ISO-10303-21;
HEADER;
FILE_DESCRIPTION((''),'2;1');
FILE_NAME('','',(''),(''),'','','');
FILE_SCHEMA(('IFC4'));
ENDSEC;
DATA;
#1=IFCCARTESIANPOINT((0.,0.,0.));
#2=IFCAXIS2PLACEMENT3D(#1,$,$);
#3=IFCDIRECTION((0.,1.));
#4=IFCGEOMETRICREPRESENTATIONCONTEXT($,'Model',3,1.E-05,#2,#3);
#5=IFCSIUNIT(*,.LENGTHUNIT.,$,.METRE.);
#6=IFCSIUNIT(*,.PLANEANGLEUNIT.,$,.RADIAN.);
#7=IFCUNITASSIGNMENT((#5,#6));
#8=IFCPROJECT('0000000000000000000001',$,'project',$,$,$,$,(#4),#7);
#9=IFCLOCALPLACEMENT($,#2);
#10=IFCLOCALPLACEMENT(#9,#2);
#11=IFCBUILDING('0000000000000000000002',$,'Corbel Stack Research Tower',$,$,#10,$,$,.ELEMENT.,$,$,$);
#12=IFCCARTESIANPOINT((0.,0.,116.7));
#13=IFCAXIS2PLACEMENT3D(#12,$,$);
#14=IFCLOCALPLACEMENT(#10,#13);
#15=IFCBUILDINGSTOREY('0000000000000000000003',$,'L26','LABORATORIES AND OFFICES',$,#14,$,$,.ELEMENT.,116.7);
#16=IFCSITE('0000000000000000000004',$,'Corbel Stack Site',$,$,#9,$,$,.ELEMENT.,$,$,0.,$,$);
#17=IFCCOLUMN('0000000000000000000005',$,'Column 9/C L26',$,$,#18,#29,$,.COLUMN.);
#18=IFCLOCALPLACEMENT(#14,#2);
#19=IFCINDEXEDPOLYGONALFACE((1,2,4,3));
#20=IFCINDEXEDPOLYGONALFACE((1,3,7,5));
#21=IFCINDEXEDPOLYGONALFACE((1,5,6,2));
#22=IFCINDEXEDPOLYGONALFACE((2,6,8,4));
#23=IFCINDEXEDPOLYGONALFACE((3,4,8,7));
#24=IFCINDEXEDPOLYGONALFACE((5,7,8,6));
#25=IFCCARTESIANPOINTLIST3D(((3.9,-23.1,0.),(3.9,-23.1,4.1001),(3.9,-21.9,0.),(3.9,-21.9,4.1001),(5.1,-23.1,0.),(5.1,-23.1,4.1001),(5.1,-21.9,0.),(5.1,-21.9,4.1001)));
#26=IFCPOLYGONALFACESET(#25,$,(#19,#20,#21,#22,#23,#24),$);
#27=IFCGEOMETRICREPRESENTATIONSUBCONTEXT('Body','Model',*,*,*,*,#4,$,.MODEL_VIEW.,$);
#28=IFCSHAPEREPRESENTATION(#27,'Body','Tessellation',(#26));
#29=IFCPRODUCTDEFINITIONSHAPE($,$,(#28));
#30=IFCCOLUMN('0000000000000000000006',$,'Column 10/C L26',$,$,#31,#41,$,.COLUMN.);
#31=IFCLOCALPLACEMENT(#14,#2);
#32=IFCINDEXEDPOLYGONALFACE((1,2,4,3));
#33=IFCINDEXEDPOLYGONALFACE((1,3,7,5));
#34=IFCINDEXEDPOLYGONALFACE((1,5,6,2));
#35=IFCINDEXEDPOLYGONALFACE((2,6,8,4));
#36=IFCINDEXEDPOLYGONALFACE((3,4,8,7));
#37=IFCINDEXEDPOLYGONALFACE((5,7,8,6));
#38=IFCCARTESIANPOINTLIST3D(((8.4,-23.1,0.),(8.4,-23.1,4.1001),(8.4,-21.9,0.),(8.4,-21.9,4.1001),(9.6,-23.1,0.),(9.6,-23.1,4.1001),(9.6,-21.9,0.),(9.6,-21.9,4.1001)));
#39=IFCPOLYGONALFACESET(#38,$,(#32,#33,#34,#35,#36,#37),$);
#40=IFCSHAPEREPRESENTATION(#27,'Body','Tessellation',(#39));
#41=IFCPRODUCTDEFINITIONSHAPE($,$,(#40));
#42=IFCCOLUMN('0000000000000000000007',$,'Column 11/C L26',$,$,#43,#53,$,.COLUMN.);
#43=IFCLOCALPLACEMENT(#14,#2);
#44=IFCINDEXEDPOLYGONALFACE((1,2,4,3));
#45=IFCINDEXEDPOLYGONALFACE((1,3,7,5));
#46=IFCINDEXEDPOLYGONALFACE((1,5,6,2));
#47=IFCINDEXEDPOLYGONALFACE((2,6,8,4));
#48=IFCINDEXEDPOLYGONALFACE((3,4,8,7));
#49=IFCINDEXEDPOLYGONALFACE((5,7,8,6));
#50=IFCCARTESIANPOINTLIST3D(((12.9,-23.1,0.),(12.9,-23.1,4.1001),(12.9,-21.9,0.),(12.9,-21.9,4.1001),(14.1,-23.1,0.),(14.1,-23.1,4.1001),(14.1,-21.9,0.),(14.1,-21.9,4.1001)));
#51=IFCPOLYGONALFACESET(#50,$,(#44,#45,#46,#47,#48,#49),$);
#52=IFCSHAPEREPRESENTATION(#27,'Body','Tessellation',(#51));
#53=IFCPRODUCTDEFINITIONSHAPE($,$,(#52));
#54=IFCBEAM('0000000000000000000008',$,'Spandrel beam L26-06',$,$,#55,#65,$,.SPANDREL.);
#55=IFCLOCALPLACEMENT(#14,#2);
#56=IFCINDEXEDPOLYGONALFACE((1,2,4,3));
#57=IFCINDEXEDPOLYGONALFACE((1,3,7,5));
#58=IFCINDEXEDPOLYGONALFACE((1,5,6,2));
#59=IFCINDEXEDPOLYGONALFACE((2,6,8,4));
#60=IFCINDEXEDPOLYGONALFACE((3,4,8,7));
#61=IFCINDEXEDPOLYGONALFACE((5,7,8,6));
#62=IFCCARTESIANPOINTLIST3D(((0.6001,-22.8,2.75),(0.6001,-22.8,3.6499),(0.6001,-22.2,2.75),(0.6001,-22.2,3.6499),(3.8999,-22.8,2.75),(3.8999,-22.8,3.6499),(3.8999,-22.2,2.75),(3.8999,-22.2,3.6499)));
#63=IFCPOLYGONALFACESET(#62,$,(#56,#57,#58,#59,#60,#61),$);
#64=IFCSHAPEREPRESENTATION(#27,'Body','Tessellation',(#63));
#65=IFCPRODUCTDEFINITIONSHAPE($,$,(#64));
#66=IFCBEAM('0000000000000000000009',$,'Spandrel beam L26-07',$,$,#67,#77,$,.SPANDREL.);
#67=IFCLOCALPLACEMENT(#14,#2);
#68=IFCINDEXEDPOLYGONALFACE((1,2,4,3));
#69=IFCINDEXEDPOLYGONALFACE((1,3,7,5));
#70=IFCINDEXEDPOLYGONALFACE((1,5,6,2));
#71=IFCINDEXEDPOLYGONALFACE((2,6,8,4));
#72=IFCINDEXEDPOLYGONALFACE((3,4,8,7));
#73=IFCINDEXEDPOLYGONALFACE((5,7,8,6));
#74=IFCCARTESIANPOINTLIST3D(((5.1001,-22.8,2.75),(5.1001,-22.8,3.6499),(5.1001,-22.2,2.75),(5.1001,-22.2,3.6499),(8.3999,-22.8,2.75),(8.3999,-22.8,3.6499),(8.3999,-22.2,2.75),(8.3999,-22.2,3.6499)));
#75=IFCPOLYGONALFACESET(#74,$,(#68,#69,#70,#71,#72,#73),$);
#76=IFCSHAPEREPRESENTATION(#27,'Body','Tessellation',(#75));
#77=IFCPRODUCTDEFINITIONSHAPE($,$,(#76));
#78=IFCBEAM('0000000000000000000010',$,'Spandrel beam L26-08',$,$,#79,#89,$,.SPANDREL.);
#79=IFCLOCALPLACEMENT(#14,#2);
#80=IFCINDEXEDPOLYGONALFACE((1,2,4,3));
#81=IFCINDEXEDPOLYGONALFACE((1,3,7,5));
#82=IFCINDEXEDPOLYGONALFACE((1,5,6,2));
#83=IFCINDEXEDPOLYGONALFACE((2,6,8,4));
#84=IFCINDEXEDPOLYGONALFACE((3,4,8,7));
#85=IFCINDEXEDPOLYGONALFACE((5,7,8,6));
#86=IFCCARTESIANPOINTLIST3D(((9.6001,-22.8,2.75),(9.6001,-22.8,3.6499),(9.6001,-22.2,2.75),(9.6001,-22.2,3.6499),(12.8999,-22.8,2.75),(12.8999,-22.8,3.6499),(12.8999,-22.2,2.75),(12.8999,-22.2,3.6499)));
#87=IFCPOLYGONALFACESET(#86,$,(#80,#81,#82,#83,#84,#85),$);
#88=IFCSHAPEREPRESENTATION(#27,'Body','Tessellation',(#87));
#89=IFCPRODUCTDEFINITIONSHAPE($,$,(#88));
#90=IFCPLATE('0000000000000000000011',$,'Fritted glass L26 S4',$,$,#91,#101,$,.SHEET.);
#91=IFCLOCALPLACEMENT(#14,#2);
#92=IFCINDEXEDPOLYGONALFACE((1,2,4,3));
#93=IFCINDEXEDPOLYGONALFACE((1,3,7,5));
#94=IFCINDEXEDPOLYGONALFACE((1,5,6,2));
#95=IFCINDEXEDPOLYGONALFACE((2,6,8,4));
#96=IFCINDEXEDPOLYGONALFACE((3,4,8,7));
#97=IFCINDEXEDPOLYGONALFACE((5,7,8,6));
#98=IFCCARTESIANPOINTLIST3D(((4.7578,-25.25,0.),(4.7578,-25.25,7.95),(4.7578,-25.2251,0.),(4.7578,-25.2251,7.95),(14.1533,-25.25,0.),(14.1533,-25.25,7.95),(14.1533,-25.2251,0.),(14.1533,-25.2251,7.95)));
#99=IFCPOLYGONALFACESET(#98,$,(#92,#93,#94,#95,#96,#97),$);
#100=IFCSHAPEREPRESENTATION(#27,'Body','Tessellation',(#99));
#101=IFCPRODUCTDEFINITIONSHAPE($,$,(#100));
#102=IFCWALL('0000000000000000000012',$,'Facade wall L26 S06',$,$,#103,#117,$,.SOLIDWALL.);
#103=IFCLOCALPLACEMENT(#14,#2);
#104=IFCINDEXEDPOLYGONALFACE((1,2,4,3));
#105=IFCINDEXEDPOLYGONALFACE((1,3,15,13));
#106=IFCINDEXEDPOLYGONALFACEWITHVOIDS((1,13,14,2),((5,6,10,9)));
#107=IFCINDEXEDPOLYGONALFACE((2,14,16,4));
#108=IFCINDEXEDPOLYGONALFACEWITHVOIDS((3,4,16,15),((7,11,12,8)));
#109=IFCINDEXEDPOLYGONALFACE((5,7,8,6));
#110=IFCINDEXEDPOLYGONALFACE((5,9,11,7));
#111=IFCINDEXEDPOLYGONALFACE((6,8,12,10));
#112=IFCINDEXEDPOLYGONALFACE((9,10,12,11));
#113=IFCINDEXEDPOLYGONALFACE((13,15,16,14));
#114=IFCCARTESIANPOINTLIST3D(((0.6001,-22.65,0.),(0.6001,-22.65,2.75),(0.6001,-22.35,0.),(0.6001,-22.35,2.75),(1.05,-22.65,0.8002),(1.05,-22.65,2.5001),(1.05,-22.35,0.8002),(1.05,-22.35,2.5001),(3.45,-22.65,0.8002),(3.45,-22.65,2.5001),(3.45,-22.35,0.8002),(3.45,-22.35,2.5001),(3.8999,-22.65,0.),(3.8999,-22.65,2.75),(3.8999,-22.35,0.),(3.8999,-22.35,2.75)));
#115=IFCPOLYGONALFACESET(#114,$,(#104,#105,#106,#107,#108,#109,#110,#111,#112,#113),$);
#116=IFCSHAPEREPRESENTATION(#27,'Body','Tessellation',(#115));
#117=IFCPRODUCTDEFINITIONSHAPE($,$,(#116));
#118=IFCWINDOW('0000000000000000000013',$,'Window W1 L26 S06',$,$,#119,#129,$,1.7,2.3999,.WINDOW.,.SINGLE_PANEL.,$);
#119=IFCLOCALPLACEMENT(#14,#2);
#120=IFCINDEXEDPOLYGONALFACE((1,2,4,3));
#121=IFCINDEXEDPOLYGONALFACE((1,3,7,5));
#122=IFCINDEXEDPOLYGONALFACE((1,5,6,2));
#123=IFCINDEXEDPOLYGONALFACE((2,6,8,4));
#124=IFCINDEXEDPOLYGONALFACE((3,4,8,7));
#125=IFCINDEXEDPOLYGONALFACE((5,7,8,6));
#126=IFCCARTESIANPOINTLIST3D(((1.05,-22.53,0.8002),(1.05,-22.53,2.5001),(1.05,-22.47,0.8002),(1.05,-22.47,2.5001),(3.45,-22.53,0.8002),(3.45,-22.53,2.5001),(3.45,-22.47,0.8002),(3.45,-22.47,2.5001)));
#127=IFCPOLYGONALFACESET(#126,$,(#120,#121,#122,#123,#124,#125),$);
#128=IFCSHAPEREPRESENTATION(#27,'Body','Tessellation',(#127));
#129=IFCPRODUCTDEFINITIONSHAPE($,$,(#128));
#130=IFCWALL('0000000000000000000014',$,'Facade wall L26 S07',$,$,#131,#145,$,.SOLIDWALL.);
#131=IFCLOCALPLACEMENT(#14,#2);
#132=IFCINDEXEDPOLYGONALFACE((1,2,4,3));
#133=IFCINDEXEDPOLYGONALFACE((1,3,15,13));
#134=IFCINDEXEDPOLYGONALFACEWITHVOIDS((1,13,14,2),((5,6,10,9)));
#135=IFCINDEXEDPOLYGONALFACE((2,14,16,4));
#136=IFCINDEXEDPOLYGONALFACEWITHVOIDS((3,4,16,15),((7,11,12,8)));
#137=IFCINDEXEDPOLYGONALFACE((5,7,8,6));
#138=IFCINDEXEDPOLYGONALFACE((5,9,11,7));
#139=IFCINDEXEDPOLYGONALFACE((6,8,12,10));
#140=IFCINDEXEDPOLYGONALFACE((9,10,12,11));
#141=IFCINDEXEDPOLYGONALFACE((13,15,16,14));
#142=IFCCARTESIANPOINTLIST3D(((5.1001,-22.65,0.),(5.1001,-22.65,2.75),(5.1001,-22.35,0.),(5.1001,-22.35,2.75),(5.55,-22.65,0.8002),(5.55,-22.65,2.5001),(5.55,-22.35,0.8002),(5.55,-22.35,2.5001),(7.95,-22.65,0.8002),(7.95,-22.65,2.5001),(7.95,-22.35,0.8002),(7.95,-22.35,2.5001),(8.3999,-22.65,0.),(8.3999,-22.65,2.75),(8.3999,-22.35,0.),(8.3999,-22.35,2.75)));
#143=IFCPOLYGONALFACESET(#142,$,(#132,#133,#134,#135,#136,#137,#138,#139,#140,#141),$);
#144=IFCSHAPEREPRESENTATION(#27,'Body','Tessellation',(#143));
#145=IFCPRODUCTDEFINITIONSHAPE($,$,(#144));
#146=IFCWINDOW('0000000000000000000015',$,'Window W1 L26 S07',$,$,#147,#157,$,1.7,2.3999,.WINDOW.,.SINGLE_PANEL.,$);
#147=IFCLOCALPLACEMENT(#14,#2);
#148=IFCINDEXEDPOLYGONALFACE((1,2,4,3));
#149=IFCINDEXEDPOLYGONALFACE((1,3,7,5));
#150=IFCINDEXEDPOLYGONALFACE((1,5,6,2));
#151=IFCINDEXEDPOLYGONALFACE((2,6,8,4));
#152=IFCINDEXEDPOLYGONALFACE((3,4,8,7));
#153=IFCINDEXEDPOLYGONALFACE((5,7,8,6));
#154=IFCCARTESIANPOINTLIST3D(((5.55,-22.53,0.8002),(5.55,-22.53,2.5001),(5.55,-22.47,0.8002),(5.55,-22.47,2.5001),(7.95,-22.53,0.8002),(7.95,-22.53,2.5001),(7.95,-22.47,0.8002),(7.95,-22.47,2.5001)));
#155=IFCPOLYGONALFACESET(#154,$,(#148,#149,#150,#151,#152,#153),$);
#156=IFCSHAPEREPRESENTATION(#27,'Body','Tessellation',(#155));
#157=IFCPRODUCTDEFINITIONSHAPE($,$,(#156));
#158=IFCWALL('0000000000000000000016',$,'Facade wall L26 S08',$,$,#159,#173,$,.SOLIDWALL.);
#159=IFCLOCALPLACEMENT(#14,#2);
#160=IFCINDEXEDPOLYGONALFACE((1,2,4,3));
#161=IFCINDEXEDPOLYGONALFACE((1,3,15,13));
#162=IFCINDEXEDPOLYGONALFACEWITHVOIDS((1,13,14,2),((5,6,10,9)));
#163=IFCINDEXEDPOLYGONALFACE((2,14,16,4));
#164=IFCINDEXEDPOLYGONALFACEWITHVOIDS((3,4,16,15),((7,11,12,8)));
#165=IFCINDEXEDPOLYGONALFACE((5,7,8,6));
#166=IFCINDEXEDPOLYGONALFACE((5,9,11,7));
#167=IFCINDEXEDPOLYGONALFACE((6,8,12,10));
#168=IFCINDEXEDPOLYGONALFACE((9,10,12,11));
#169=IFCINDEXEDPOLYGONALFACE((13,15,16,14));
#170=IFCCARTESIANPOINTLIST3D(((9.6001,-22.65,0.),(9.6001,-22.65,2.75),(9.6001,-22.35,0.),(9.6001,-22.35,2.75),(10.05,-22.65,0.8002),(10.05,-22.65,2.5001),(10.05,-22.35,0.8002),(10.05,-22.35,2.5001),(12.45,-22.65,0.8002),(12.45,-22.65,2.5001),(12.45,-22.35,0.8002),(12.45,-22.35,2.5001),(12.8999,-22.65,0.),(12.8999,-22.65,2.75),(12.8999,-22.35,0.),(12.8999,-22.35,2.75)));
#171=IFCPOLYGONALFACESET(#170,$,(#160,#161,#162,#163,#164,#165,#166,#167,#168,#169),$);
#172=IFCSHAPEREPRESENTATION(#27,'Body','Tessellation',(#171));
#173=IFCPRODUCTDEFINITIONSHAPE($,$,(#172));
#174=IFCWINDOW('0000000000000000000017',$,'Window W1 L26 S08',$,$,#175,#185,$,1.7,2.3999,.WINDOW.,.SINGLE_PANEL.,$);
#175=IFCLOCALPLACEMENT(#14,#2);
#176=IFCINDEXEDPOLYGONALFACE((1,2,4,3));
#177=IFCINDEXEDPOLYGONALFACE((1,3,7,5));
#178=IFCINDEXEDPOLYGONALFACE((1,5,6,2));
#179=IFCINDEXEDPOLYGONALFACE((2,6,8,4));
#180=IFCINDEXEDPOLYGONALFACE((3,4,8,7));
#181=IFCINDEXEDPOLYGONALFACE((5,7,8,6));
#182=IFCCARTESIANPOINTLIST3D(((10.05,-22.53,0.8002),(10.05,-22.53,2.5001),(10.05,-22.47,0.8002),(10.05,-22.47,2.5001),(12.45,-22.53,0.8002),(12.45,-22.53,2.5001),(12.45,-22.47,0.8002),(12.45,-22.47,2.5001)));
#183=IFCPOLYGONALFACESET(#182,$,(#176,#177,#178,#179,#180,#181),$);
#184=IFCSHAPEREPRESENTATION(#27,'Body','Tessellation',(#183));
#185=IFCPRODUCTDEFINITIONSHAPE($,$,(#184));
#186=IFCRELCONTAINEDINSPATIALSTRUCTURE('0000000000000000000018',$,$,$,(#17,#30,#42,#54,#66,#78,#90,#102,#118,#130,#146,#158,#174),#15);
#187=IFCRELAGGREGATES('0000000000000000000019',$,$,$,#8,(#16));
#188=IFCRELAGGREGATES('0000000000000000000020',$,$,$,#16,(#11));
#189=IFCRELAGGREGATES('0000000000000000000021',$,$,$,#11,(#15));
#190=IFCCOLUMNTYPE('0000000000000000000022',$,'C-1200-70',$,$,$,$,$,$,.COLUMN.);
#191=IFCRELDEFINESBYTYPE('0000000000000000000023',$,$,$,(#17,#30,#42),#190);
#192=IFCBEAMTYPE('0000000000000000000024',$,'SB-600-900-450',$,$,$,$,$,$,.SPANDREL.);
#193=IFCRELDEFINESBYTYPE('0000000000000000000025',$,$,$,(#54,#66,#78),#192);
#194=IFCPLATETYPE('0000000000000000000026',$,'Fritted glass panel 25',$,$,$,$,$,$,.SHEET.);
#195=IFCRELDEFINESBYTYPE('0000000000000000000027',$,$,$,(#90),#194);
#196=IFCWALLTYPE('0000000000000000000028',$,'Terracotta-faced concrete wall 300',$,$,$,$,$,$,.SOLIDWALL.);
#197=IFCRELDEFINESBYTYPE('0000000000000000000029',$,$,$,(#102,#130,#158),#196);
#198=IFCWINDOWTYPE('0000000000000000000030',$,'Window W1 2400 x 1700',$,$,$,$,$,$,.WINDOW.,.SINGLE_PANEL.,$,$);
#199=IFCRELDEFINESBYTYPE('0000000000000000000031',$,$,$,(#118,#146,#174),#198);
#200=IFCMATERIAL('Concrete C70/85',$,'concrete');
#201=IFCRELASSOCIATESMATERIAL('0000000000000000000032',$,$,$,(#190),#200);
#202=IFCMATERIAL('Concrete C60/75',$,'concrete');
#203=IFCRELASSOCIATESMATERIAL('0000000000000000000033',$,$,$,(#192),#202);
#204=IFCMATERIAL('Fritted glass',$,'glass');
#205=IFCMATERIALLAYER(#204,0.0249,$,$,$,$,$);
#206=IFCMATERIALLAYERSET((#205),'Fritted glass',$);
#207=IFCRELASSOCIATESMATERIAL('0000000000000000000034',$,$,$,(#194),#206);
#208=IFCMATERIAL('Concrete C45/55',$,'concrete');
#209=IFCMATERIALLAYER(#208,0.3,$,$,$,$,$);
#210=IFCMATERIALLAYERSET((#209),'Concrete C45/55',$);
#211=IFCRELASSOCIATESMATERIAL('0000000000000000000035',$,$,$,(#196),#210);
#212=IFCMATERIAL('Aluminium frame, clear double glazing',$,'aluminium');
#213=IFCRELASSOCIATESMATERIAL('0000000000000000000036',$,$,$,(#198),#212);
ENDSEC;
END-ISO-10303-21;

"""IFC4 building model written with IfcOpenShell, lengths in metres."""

from ifc_helpers import new_model, si_unit, direction, frame, frame_2d, origin, origin_2d, place, context, subcontext, project, spatial, rectangle, extrude, material, layer, layer_set, material_profile, profile_set, type_object, element, fill, save


model = new_model("IFC4")

# Units and contexts
model_context = context("Model", 3, precision=1e-05, world=origin(), true_north=direction((0.0, 1.0)))
body_context = subcontext(model_context, "Body", "Model", "MODEL_VIEW")
ifc_project = project(units=[si_unit("LENGTHUNIT", "METRE"), si_unit("PLANEANGLEUNIT", "RADIAN")], contexts=[model_context])

# Site, building, storey
site_placement = place(None, origin())
site = spatial("IfcSite", under=ifc_project, at=site_placement, Name="Corbel Stack Site", CompositionType="ELEMENT", RefElevation=0.0)
building_placement = place(site_placement, origin())
building = spatial("IfcBuilding", under=site, at=building_placement, Name="Corbel Stack Research Tower", CompositionType="ELEMENT")
storey_placement = place(building_placement, frame((0.0, 0.0, 116.7)))
storey = spatial("IfcBuildingStorey", under=building, at=storey_placement, Name="L26", Description="LABORATORIES AND OFFICES", CompositionType="ELEMENT", Elevation=116.7)

# Columns
ifc_material_1 = material(Name="Concrete C70/85", Category="concrete")
ifc_material_profile_1 = material_profile(ifc_material_1, rectangle(XDim=1.2, YDim=1.2, at=origin_2d()), Name="RC 1200 x 1200")
ifc_profile_set_1 = profile_set([ifc_material_profile_1], Name="Concrete C70/85")
column_type = type_object("IfcColumnType", Name="C-1200-70", PredefinedType="COLUMN", material=ifc_profile_set_1)
for number, where, z_axis, x_axis, name in (
    (1, (4.5, -22.5, 0.0), (0.0, 0.0, 1.0), (1.0, 0.0, 0.0), "Column 9/C L26"),
    (2, (9.0, -22.5, 0.0), (0.0, 0.0, 1.0), (1.0, 0.0, 0.0), "Column 10/C L26"),
    (3, (13.5, -22.5, 0.0), (0.0, 0.0, 1.0), (1.0, 0.0, 0.0), "Column 11/C L26"),
):
    element("IfcColumn", number, at=place(storey_placement, frame(where, z_axis=z_axis, x_axis=x_axis)), inside=storey, type_object=column_type, Name=name, PredefinedType="COLUMN", context=body_context, shape_type="SweptSolid", body=[
        extrude(rectangle(XDim=1.2, YDim=1.2, at=origin_2d()), origin(), (0.0, 0.0, 1.0), 4.1001),
    ])

# Beams
ifc_material_2 = material(Name="Concrete C60/75", Category="concrete")
ifc_material_profile_2 = material_profile(ifc_material_2, rectangle(XDim=0.6001, YDim=0.8999, at=origin_2d()), Name="RC 600 x 900")
ifc_profile_set_2 = profile_set([ifc_material_profile_2], Name="Concrete C60/75")
beam_type = type_object("IfcBeamType", Name="SB-600-900-450", PredefinedType="SPANDREL", material=ifc_profile_set_2)
for number, where, z_axis, x_axis, name in (
    (4, (0.6001, -22.5, 3.2), (1.0, 0.0, 0.0), (0.0, 1.0, 0.0), "Spandrel beam L26-06"),
    (5, (5.1001, -22.5, 3.2), (1.0, 0.0, 0.0), (0.0, 1.0, 0.0), "Spandrel beam L26-07"),
    (6, (9.6001, -22.5, 3.2), (1.0, 0.0, 0.0), (0.0, 1.0, 0.0), "Spandrel beam L26-08"),
):
    element("IfcBeam", number, at=place(storey_placement, frame(where, z_axis=z_axis, x_axis=x_axis)), inside=storey, type_object=beam_type, Name=name, PredefinedType="SPANDREL", context=body_context, shape_type="SweptSolid", body=[
        extrude(rectangle(XDim=0.6001, YDim=0.8999, at=origin_2d()), origin(), (0.0, 0.0, 1.0), 3.2998),
    ])

# Plate
ifc_material_3 = material(Name="Fritted glass", Category="glass")
ifc_layer_1 = layer(ifc_material_3, 0.0249)
ifc_layer_set_1 = layer_set([ifc_layer_1], Name="Fritted glass")
plate_type = type_object("IfcPlateType", Name="Fritted glass panel 25", PredefinedType="SHEET", material=ifc_layer_set_1)
plate_placement = place(storey_placement, frame((9.4556, -25.2375, 0.0), z_axis=(0.0, 0.0, 1.0), x_axis=(1.0, 0.0, 0.0)))
element("IfcPlate", 7, at=plate_placement, inside=storey, type_object=plate_type, Name="Fritted glass L26 S4", PredefinedType="SHEET", context=body_context, shape_type="SweptSolid", body=[
    extrude(rectangle(XDim=9.3955, YDim=0.0249, at=origin_2d()), origin(), (0.0, 0.0, 1.0), 7.95),
])

# Walls, openings, windows
ifc_material_4 = material(Name="Concrete C45/55", Category="concrete")
ifc_layer_2 = layer(ifc_material_4, 0.3)
ifc_layer_set_2 = layer_set([ifc_layer_2], Name="Concrete C45/55")
wall_type = type_object("IfcWallType", Name="Terracotta-faced concrete wall 300", PredefinedType="SOLIDWALL", material=ifc_layer_set_2)
wall_1_placement = place(storey_placement, frame((3.8999, -22.5, 0.0), z_axis=(0.0, 0.0, 1.0), x_axis=(-1.0, 0.0, 0.0)))
wall_1 = element("IfcWall", 8, at=wall_1_placement, inside=storey, type_object=wall_type, Name="Facade wall L26 S06", PredefinedType="SOLIDWALL", context=body_context, shape_type="SweptSolid", body=[
    extrude(rectangle(XDim=3.2998, YDim=0.3, at=frame_2d((1.6499, 0.0))), origin(), (0.0, 0.0, 1.0), 2.75),
])
opening_1_placement = place(wall_1_placement, frame((0.45, 0.0, 0.8)))
opening_1 = element("IfcOpeningElement", 9, at=opening_1_placement, cuts=wall_1, PredefinedType="OPENING", context=body_context, shape_type="SweptSolid", body=[
    extrude(rectangle(XDim=2.3999, YDim=1.7, at=frame_2d((1.2, 0.8501))), frame((0.0, 0.1599, 0.0), z_axis=(0.0, -1.0, 0.0), x_axis=(1.0, 0.0, 0.0)), (0.0, 0.0, 1.0), 0.3201),
])
ifc_material_5 = material(Name="Aluminium frame, clear double glazing", Category="aluminium")
window_type = type_object("IfcWindowType", Name="Window W1 2400 x 1700", PartitioningType="SINGLE_PANEL", PredefinedType="WINDOW", material=ifc_material_5)
window_1_placement = place(opening_1_placement, origin())
window_1 = element("IfcWindow", 10, at=window_1_placement, inside=storey, type_object=window_type, Name="Window W1 L26 S06", OverallHeight=1.7, OverallWidth=2.3999, PartitioningType="SINGLE_PANEL", PredefinedType="WINDOW", context=body_context, shape_type="SweptSolid", body=[
    extrude(rectangle(XDim=2.3999, YDim=1.7, at=frame_2d((1.2, 0.8501))), frame((0.0, 0.03, 0.0), z_axis=(0.0, -1.0, 0.0), x_axis=(1.0, 0.0, 0.0)), (0.0, 0.0, 1.0), 0.0601),
])
fill(opening_1, window_1)
wall_2_placement = place(storey_placement, frame((8.3999, -22.5, 0.0), z_axis=(0.0, 0.0, 1.0), x_axis=(-1.0, 0.0, 0.0)))
wall_2 = element("IfcWall", 11, at=wall_2_placement, inside=storey, type_object=wall_type, Name="Facade wall L26 S07", PredefinedType="SOLIDWALL", context=body_context, shape_type="SweptSolid", body=[
    extrude(rectangle(XDim=3.2998, YDim=0.3, at=frame_2d((1.6499, 0.0))), origin(), (0.0, 0.0, 1.0), 2.75),
])
opening_2_placement = place(wall_2_placement, frame((0.45, 0.0, 0.8)))
opening_2 = element("IfcOpeningElement", 12, at=opening_2_placement, cuts=wall_2, PredefinedType="OPENING", context=body_context, shape_type="SweptSolid", body=[
    extrude(rectangle(XDim=2.3999, YDim=1.7, at=frame_2d((1.2, 0.8501))), frame((0.0, 0.1599, 0.0), z_axis=(0.0, -1.0, 0.0), x_axis=(1.0, 0.0, 0.0)), (0.0, 0.0, 1.0), 0.3201),
])
window_2_placement = place(opening_2_placement, origin())
window_2 = element("IfcWindow", 13, at=window_2_placement, inside=storey, type_object=window_type, Name="Window W1 L26 S07", OverallHeight=1.7, OverallWidth=2.3999, PartitioningType="SINGLE_PANEL", PredefinedType="WINDOW", context=body_context, shape_type="SweptSolid", body=[
    extrude(rectangle(XDim=2.3999, YDim=1.7, at=frame_2d((1.2, 0.8501))), frame((0.0, 0.03, 0.0), z_axis=(0.0, -1.0, 0.0), x_axis=(1.0, 0.0, 0.0)), (0.0, 0.0, 1.0), 0.0601),
])
fill(opening_2, window_2)
wall_3_placement = place(storey_placement, frame((12.8999, -22.5, 0.0), z_axis=(0.0, 0.0, 1.0), x_axis=(-1.0, 0.0, 0.0)))
wall_3 = element("IfcWall", 14, at=wall_3_placement, inside=storey, type_object=wall_type, Name="Facade wall L26 S08", PredefinedType="SOLIDWALL", context=body_context, shape_type="SweptSolid", body=[
    extrude(rectangle(XDim=3.2998, YDim=0.3, at=frame_2d((1.6499, 0.0))), origin(), (0.0, 0.0, 1.0), 2.75),
])
opening_3_placement = place(wall_3_placement, frame((0.45, 0.0, 0.8)))
opening_3 = element("IfcOpeningElement", 15, at=opening_3_placement, cuts=wall_3, PredefinedType="OPENING", context=body_context, shape_type="SweptSolid", body=[
    extrude(rectangle(XDim=2.3999, YDim=1.7, at=frame_2d((1.2, 0.8501))), frame((0.0, 0.1599, 0.0), z_axis=(0.0, -1.0, 0.0), x_axis=(1.0, 0.0, 0.0)), (0.0, 0.0, 1.0), 0.3201),
])
window_3_placement = place(opening_3_placement, origin())
window_3 = element("IfcWindow", 16, at=window_3_placement, inside=storey, type_object=window_type, Name="Window W1 L26 S08", OverallHeight=1.7, OverallWidth=2.3999, PartitioningType="SINGLE_PANEL", PredefinedType="WINDOW", context=body_context, shape_type="SweptSolid", body=[
    extrude(rectangle(XDim=2.3999, YDim=1.7, at=frame_2d((1.2, 0.8501))), frame((0.0, 0.03, 0.0), z_axis=(0.0, -1.0, 0.0), x_axis=(1.0, 0.0, 0.0)), (0.0, 0.0, 1.0), 0.0601),
])
fill(opening_3, window_3)

save(model, "model.ifc")
